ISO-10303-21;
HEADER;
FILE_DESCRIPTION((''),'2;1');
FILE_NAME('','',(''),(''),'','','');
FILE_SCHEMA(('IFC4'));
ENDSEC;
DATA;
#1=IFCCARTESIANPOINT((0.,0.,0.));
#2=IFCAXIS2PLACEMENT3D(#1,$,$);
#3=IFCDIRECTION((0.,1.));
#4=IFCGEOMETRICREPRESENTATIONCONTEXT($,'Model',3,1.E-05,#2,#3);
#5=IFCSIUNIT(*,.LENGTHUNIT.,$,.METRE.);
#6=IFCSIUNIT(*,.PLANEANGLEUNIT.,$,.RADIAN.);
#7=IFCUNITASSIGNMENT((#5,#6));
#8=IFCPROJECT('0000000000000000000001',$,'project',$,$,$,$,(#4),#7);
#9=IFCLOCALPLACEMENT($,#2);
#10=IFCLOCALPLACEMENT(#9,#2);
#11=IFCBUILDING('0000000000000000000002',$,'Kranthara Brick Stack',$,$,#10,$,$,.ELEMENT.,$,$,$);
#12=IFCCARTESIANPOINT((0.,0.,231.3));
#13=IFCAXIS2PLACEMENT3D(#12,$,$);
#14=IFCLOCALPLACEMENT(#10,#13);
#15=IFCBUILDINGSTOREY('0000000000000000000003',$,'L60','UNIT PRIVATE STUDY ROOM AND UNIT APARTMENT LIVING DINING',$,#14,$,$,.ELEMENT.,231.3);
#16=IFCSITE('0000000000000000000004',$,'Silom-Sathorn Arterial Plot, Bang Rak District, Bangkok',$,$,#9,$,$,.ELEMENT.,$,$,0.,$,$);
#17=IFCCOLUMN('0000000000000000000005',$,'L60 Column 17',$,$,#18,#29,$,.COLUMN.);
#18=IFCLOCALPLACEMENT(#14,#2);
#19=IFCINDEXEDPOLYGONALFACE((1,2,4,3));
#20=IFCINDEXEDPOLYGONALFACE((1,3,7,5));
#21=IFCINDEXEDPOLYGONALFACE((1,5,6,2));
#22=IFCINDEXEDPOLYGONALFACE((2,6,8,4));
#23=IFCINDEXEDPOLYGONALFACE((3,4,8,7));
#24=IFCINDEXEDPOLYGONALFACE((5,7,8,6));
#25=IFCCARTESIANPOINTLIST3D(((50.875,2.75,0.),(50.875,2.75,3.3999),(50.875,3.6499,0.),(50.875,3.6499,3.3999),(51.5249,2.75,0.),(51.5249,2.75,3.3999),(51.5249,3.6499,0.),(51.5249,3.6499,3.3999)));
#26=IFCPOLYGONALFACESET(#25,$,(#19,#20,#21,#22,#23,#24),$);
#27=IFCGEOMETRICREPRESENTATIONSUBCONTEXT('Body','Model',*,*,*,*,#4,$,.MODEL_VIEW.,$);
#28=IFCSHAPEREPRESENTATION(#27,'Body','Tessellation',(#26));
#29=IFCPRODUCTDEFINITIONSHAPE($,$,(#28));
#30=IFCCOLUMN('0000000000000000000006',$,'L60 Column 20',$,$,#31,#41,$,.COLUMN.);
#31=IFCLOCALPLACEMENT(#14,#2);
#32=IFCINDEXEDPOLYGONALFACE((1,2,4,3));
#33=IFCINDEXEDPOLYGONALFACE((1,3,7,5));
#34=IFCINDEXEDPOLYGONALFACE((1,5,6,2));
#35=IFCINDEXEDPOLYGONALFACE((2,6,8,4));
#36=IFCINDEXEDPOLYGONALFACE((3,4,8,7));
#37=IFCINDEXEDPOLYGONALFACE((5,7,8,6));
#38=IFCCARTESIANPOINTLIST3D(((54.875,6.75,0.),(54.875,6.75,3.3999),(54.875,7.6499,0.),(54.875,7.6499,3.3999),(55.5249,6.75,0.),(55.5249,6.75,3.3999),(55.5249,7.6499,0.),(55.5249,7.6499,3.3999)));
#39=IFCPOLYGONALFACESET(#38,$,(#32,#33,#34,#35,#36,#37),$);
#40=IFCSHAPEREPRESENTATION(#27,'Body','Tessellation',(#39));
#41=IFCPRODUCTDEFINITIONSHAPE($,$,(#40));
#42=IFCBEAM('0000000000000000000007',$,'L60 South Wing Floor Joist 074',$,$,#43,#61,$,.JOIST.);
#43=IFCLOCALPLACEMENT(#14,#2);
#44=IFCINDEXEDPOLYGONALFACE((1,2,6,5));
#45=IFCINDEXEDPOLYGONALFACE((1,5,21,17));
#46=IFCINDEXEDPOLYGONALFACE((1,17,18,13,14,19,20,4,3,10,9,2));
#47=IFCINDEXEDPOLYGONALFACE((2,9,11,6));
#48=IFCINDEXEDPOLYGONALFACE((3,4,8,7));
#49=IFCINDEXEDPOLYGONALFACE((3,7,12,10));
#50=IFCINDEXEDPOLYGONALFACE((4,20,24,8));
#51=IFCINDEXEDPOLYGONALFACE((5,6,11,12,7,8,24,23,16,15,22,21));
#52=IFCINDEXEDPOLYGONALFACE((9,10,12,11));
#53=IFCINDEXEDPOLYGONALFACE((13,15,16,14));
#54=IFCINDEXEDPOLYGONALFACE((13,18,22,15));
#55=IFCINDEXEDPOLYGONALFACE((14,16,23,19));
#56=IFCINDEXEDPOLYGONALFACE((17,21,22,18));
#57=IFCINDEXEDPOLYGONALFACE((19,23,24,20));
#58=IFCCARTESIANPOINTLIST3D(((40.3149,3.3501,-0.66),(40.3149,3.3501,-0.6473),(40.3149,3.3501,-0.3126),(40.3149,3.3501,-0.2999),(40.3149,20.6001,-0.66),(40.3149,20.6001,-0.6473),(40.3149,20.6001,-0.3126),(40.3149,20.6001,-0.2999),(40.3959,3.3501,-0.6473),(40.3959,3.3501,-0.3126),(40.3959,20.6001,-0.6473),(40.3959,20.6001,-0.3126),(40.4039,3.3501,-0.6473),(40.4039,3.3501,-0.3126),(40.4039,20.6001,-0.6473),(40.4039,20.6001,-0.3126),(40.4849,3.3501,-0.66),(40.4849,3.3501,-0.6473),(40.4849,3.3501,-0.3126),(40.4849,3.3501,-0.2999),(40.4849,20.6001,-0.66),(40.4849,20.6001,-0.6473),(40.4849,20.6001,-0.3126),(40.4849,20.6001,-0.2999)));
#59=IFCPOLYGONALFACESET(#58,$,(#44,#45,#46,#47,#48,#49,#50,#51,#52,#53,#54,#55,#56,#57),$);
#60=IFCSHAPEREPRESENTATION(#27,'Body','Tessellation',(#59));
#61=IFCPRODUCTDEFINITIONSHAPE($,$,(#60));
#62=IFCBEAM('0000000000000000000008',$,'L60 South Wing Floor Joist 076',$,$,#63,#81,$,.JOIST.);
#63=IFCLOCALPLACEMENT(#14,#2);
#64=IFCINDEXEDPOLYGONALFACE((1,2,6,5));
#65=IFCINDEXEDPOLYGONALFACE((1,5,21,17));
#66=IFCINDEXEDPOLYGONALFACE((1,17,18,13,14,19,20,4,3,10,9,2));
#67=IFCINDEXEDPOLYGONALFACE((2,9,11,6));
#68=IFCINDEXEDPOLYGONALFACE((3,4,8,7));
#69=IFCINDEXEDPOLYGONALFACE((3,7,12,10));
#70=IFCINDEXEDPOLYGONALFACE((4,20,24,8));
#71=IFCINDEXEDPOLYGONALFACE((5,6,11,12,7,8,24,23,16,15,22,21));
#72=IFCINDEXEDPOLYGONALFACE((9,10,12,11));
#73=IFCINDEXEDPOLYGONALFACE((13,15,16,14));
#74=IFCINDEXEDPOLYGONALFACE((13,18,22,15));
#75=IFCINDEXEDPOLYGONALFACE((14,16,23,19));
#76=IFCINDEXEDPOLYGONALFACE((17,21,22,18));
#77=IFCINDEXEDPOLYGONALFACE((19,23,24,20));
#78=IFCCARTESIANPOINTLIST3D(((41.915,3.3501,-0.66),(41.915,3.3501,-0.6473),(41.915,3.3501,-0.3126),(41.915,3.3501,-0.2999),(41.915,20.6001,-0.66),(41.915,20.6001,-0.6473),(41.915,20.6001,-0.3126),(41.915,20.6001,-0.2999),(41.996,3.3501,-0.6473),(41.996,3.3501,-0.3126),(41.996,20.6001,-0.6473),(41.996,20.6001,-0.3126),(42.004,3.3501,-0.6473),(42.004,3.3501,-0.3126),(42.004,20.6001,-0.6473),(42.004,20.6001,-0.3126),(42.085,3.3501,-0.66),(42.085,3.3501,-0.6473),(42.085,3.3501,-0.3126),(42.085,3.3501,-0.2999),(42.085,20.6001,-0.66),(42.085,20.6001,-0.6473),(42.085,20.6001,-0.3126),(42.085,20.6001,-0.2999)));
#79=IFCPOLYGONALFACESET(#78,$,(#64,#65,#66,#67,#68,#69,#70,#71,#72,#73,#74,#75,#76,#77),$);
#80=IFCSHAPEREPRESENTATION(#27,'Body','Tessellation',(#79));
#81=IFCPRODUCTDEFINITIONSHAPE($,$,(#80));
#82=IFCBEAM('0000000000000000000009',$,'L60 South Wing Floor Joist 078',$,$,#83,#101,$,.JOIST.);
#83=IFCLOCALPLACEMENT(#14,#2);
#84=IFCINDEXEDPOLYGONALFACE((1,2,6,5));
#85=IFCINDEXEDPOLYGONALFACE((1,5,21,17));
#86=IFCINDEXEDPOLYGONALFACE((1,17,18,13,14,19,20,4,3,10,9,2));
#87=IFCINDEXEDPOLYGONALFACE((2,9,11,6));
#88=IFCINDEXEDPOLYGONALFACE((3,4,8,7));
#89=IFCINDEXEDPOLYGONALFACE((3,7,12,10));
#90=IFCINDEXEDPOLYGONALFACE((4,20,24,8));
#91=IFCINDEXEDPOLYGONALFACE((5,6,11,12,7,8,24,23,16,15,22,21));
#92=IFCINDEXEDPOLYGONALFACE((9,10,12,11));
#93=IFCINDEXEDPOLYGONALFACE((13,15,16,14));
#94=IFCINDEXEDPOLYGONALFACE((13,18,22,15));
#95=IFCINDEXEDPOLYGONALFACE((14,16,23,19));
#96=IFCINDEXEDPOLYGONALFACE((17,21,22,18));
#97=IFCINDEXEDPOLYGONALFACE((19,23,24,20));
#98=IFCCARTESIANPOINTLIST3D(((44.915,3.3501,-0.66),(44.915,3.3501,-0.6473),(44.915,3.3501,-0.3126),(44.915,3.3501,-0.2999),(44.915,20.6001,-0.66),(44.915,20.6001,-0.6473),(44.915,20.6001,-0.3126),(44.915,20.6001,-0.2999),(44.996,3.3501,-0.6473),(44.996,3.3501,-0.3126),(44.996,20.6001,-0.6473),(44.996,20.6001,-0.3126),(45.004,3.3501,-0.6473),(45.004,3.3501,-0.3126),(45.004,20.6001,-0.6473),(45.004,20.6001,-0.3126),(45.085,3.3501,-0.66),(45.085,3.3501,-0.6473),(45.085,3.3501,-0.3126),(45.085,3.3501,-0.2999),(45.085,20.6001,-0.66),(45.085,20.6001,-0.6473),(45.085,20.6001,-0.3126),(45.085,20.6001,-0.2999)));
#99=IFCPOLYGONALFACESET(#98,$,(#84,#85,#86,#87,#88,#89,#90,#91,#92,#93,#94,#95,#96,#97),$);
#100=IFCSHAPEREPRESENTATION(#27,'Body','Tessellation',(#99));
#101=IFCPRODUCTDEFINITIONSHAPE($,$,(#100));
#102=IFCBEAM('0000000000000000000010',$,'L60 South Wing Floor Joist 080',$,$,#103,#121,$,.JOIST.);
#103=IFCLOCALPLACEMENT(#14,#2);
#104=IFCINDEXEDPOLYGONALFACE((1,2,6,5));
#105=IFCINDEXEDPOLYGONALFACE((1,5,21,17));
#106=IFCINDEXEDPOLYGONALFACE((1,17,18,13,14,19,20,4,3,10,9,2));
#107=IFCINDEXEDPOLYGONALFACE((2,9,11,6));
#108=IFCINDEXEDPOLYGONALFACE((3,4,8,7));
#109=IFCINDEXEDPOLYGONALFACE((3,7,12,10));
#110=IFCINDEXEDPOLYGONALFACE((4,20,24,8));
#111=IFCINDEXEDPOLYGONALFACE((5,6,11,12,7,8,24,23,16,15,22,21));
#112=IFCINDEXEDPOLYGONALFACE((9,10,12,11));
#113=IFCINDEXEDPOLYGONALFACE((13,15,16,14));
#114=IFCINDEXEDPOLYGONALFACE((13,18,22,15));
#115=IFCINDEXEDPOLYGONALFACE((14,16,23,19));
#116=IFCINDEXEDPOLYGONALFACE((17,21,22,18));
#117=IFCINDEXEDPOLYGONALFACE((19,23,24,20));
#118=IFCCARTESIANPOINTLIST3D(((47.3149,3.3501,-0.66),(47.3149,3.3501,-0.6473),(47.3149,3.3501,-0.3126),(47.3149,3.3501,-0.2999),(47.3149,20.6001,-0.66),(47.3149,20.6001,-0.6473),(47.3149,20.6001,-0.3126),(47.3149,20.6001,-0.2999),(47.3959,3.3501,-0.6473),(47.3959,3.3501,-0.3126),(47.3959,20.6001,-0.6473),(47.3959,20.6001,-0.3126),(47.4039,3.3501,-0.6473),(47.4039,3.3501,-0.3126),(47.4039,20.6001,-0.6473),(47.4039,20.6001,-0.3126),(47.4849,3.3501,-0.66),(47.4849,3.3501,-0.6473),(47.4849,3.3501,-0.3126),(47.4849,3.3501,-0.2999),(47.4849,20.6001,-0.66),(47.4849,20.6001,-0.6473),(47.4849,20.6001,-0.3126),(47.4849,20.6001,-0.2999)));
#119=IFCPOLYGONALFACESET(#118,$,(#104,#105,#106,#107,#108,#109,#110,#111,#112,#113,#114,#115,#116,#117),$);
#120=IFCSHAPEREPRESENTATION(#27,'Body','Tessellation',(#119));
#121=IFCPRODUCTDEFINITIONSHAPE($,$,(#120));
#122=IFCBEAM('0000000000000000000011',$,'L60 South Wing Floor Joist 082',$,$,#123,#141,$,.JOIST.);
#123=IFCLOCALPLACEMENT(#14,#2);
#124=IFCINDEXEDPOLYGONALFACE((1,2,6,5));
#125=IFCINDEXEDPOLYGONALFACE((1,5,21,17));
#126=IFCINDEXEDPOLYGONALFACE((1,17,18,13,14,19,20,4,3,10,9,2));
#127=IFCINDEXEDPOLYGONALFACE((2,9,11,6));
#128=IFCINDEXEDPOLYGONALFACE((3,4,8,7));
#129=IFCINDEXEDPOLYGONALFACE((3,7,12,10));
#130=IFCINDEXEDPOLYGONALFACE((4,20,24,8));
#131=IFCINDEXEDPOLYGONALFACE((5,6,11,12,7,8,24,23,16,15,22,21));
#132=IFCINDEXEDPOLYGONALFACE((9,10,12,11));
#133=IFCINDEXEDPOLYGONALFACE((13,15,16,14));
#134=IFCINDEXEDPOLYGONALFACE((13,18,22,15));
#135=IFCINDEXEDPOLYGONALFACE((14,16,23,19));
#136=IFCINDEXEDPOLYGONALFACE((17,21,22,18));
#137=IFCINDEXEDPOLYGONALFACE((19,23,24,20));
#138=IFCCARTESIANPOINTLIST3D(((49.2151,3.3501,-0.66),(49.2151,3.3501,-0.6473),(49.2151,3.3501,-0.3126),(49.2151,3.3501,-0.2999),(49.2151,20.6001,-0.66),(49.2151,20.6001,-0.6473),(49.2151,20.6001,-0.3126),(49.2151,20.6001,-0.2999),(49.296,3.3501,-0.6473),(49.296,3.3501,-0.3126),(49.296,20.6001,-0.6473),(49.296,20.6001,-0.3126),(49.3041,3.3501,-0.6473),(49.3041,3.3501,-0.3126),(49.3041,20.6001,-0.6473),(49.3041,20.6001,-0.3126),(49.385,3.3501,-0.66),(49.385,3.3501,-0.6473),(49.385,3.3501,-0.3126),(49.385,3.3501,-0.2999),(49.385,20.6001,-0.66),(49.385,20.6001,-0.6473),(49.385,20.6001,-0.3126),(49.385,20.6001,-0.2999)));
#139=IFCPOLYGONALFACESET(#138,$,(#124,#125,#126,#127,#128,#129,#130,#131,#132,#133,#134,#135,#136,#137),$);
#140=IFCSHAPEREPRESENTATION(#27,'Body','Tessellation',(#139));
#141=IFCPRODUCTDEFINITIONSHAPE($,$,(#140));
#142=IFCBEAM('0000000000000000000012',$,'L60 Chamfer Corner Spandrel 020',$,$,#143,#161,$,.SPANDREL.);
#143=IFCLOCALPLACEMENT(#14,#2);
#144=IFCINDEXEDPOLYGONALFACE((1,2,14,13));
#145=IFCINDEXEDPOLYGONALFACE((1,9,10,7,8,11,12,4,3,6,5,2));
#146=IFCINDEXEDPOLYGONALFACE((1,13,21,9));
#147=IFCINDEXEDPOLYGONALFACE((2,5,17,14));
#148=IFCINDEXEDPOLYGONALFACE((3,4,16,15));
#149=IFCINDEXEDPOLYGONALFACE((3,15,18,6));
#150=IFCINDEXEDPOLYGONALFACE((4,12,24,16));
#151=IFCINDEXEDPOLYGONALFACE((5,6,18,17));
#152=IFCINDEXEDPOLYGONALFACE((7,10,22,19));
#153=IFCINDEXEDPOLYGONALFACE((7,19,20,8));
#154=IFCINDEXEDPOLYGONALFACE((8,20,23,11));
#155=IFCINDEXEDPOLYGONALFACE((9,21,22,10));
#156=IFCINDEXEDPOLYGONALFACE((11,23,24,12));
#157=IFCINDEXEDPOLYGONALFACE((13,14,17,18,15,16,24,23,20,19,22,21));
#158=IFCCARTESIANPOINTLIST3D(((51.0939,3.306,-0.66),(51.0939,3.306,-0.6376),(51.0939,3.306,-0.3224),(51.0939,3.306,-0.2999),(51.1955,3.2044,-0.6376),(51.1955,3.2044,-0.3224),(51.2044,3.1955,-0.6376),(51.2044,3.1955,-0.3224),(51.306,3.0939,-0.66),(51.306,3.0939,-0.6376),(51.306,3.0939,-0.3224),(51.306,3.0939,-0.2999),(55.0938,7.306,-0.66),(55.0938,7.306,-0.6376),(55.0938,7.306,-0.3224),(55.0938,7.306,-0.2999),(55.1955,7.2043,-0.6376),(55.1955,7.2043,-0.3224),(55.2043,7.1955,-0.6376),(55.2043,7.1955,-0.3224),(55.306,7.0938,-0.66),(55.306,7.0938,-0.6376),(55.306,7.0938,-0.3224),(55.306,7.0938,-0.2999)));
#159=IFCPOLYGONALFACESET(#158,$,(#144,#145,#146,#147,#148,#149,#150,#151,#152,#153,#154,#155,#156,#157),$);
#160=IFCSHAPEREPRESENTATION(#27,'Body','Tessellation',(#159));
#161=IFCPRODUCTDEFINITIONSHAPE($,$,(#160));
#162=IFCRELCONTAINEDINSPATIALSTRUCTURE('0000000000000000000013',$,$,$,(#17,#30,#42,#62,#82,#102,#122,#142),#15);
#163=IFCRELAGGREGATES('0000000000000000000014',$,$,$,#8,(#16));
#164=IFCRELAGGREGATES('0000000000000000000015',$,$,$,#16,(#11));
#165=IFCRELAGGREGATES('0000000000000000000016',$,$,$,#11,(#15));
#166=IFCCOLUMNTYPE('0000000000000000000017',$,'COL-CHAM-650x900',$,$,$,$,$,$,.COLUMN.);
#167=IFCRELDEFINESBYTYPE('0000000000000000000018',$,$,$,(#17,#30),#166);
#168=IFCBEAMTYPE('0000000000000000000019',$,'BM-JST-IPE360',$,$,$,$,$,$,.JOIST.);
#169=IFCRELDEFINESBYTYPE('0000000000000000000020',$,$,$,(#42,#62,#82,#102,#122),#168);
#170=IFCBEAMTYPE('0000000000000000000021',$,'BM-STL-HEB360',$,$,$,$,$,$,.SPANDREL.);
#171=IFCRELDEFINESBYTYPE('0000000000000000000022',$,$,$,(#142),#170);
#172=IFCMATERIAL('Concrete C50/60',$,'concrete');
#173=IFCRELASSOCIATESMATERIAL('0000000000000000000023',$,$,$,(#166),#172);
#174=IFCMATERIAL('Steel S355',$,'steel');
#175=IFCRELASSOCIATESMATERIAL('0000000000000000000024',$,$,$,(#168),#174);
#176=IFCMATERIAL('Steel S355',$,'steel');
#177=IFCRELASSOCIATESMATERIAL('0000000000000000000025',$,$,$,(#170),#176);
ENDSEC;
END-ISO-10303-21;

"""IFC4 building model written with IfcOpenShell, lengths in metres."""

from ifc_helpers import new_model, si_unit, direction, frame, origin, origin_2d, place, context, subcontext, project, spatial, rectangle, i_section, extrude, material, material_profile, profile_set, type_object, element, save


model = new_model("IFC4")

# Units and contexts
model_context = context("Model", 3, precision=1e-05, world=origin(), true_north=direction((0.0, 1.0)))
body_context = subcontext(model_context, "Body", "Model", "MODEL_VIEW")
ifc_project = project(units=[si_unit("LENGTHUNIT", "METRE"), si_unit("PLANEANGLEUNIT", "RADIAN")], contexts=[model_context])

# Site, building, storey
site_placement = place(None, origin())
site = spatial("IfcSite", under=ifc_project, at=site_placement, Name="Silom-Sathorn Arterial Plot, Bang Rak District, Bangkok", CompositionType="ELEMENT", RefElevation=0.0)
building_placement = place(site_placement, origin())
building = spatial("IfcBuilding", under=site, at=building_placement, Name="Kranthara Brick Stack", CompositionType="ELEMENT")
storey_placement = place(building_placement, frame((0.0, 0.0, 231.3)))
storey = spatial("IfcBuildingStorey", under=building, at=storey_placement, Name="L60", Description="UNIT PRIVATE STUDY ROOM AND UNIT APARTMENT LIVING DINING", CompositionType="ELEMENT", Elevation=231.3)

# Columns
ifc_material_1 = material(Name="Concrete C50/60", Category="concrete")
ifc_material_profile_1 = material_profile(ifc_material_1, rectangle(XDim=0.6499, YDim=0.8999, at=origin_2d()), Name="RC 650x900")
ifc_profile_set_1 = profile_set([ifc_material_profile_1], Name="Concrete C50/60")
column_type = type_object("IfcColumnType", Name="COL-CHAM-650x900", PredefinedType="COLUMN", material=ifc_profile_set_1)
for number, where, z_axis, x_axis, name in (
    (1, (51.2, 3.2, 0.0), (0.0, 0.0, 1.0), (1.0, 0.0, 0.0), "L60 Column 17"),
    (2, (55.2, 7.2, 0.0), (0.0, 0.0, 1.0), (1.0, 0.0, 0.0), "L60 Column 20"),
):
    element("IfcColumn", number, at=place(storey_placement, frame(where, z_axis=z_axis, x_axis=x_axis)), inside=storey, type_object=column_type, Name=name, PredefinedType="COLUMN", context=body_context, shape_type="SweptSolid", body=[
        extrude(rectangle(XDim=0.6499, YDim=0.8999, at=origin_2d()), origin(), (0.0, 0.0, 1.0), 3.3999),
    ])

# Beams
ifc_material_2 = material(Name="Steel S355", Category="steel")
ifc_material_profile_2 = material_profile(ifc_material_2, i_section(OverallWidth=0.1699, OverallDepth=0.3601, WebThickness=0.0081, FlangeThickness=0.0127, at=origin_2d()), Name="IPE 360")
ifc_profile_set_2 = profile_set([ifc_material_profile_2], Name="Steel S355")
beam_type_1 = type_object("IfcBeamType", Name="BM-JST-IPE360", PredefinedType="JOIST", material=ifc_profile_set_2)
for number, where, z_axis, x_axis, name in (
    (3, (40.3999, 3.3501, -0.48), (0.0, 1.0, 0.0), (-1.0, 0.0, 0.0), "L60 South Wing Floor Joist 074"),
    (4, (42.0, 3.3501, -0.48), (0.0, 1.0, 0.0), (-1.0, 0.0, 0.0), "L60 South Wing Floor Joist 076"),
    (5, (45.0, 3.3501, -0.48), (0.0, 1.0, 0.0), (-1.0, 0.0, 0.0), "L60 South Wing Floor Joist 078"),
    (6, (47.3999, 3.3501, -0.48), (0.0, 1.0, 0.0), (-1.0, 0.0, 0.0), "L60 South Wing Floor Joist 080"),
    (7, (49.3, 3.3501, -0.48), (0.0, 1.0, 0.0), (-1.0, 0.0, 0.0), "L60 South Wing Floor Joist 082"),
):
    element("IfcBeam", number, at=place(storey_placement, frame(where, z_axis=z_axis, x_axis=x_axis)), inside=storey, type_object=beam_type_1, Name=name, PredefinedType="JOIST", context=body_context, shape_type="SweptSolid", body=[
        extrude(i_section(OverallWidth=0.1699, OverallDepth=0.3601, WebThickness=0.0081, FlangeThickness=0.0127, at=origin_2d()), origin(), (0.0, 0.0, 1.0), 17.25),
    ])
ifc_material_3 = material(Name="Steel S355", Category="steel")
ifc_material_profile_3 = material_profile(ifc_material_3, i_section(OverallWidth=0.3, OverallDepth=0.3601, WebThickness=0.0125, FlangeThickness=0.0225, at=origin_2d()), Name="HEB 360")
ifc_profile_set_3 = profile_set([ifc_material_profile_3], Name="Steel S355")
beam_type_2 = type_object("IfcBeamType", Name="BM-STL-HEB360", PredefinedType="SPANDREL", material=ifc_profile_set_3)
beam_placement = place(storey_placement, frame((51.2, 3.2, -0.48), z_axis=(0.707107, 0.707107, 0.0), x_axis=(-0.707107, 0.707107, 0.0)))
element("IfcBeam", 8, at=beam_placement, inside=storey, type_object=beam_type_2, Name="L60 Chamfer Corner Spandrel 020", PredefinedType="SPANDREL", context=body_context, shape_type="SweptSolid", body=[
    extrude(i_section(OverallWidth=0.3, OverallDepth=0.3601, WebThickness=0.0125, FlangeThickness=0.0225, at=origin_2d()), origin(), (0.0, 0.0, 1.0), 5.6567),
])

save(model, "model.ifc")
